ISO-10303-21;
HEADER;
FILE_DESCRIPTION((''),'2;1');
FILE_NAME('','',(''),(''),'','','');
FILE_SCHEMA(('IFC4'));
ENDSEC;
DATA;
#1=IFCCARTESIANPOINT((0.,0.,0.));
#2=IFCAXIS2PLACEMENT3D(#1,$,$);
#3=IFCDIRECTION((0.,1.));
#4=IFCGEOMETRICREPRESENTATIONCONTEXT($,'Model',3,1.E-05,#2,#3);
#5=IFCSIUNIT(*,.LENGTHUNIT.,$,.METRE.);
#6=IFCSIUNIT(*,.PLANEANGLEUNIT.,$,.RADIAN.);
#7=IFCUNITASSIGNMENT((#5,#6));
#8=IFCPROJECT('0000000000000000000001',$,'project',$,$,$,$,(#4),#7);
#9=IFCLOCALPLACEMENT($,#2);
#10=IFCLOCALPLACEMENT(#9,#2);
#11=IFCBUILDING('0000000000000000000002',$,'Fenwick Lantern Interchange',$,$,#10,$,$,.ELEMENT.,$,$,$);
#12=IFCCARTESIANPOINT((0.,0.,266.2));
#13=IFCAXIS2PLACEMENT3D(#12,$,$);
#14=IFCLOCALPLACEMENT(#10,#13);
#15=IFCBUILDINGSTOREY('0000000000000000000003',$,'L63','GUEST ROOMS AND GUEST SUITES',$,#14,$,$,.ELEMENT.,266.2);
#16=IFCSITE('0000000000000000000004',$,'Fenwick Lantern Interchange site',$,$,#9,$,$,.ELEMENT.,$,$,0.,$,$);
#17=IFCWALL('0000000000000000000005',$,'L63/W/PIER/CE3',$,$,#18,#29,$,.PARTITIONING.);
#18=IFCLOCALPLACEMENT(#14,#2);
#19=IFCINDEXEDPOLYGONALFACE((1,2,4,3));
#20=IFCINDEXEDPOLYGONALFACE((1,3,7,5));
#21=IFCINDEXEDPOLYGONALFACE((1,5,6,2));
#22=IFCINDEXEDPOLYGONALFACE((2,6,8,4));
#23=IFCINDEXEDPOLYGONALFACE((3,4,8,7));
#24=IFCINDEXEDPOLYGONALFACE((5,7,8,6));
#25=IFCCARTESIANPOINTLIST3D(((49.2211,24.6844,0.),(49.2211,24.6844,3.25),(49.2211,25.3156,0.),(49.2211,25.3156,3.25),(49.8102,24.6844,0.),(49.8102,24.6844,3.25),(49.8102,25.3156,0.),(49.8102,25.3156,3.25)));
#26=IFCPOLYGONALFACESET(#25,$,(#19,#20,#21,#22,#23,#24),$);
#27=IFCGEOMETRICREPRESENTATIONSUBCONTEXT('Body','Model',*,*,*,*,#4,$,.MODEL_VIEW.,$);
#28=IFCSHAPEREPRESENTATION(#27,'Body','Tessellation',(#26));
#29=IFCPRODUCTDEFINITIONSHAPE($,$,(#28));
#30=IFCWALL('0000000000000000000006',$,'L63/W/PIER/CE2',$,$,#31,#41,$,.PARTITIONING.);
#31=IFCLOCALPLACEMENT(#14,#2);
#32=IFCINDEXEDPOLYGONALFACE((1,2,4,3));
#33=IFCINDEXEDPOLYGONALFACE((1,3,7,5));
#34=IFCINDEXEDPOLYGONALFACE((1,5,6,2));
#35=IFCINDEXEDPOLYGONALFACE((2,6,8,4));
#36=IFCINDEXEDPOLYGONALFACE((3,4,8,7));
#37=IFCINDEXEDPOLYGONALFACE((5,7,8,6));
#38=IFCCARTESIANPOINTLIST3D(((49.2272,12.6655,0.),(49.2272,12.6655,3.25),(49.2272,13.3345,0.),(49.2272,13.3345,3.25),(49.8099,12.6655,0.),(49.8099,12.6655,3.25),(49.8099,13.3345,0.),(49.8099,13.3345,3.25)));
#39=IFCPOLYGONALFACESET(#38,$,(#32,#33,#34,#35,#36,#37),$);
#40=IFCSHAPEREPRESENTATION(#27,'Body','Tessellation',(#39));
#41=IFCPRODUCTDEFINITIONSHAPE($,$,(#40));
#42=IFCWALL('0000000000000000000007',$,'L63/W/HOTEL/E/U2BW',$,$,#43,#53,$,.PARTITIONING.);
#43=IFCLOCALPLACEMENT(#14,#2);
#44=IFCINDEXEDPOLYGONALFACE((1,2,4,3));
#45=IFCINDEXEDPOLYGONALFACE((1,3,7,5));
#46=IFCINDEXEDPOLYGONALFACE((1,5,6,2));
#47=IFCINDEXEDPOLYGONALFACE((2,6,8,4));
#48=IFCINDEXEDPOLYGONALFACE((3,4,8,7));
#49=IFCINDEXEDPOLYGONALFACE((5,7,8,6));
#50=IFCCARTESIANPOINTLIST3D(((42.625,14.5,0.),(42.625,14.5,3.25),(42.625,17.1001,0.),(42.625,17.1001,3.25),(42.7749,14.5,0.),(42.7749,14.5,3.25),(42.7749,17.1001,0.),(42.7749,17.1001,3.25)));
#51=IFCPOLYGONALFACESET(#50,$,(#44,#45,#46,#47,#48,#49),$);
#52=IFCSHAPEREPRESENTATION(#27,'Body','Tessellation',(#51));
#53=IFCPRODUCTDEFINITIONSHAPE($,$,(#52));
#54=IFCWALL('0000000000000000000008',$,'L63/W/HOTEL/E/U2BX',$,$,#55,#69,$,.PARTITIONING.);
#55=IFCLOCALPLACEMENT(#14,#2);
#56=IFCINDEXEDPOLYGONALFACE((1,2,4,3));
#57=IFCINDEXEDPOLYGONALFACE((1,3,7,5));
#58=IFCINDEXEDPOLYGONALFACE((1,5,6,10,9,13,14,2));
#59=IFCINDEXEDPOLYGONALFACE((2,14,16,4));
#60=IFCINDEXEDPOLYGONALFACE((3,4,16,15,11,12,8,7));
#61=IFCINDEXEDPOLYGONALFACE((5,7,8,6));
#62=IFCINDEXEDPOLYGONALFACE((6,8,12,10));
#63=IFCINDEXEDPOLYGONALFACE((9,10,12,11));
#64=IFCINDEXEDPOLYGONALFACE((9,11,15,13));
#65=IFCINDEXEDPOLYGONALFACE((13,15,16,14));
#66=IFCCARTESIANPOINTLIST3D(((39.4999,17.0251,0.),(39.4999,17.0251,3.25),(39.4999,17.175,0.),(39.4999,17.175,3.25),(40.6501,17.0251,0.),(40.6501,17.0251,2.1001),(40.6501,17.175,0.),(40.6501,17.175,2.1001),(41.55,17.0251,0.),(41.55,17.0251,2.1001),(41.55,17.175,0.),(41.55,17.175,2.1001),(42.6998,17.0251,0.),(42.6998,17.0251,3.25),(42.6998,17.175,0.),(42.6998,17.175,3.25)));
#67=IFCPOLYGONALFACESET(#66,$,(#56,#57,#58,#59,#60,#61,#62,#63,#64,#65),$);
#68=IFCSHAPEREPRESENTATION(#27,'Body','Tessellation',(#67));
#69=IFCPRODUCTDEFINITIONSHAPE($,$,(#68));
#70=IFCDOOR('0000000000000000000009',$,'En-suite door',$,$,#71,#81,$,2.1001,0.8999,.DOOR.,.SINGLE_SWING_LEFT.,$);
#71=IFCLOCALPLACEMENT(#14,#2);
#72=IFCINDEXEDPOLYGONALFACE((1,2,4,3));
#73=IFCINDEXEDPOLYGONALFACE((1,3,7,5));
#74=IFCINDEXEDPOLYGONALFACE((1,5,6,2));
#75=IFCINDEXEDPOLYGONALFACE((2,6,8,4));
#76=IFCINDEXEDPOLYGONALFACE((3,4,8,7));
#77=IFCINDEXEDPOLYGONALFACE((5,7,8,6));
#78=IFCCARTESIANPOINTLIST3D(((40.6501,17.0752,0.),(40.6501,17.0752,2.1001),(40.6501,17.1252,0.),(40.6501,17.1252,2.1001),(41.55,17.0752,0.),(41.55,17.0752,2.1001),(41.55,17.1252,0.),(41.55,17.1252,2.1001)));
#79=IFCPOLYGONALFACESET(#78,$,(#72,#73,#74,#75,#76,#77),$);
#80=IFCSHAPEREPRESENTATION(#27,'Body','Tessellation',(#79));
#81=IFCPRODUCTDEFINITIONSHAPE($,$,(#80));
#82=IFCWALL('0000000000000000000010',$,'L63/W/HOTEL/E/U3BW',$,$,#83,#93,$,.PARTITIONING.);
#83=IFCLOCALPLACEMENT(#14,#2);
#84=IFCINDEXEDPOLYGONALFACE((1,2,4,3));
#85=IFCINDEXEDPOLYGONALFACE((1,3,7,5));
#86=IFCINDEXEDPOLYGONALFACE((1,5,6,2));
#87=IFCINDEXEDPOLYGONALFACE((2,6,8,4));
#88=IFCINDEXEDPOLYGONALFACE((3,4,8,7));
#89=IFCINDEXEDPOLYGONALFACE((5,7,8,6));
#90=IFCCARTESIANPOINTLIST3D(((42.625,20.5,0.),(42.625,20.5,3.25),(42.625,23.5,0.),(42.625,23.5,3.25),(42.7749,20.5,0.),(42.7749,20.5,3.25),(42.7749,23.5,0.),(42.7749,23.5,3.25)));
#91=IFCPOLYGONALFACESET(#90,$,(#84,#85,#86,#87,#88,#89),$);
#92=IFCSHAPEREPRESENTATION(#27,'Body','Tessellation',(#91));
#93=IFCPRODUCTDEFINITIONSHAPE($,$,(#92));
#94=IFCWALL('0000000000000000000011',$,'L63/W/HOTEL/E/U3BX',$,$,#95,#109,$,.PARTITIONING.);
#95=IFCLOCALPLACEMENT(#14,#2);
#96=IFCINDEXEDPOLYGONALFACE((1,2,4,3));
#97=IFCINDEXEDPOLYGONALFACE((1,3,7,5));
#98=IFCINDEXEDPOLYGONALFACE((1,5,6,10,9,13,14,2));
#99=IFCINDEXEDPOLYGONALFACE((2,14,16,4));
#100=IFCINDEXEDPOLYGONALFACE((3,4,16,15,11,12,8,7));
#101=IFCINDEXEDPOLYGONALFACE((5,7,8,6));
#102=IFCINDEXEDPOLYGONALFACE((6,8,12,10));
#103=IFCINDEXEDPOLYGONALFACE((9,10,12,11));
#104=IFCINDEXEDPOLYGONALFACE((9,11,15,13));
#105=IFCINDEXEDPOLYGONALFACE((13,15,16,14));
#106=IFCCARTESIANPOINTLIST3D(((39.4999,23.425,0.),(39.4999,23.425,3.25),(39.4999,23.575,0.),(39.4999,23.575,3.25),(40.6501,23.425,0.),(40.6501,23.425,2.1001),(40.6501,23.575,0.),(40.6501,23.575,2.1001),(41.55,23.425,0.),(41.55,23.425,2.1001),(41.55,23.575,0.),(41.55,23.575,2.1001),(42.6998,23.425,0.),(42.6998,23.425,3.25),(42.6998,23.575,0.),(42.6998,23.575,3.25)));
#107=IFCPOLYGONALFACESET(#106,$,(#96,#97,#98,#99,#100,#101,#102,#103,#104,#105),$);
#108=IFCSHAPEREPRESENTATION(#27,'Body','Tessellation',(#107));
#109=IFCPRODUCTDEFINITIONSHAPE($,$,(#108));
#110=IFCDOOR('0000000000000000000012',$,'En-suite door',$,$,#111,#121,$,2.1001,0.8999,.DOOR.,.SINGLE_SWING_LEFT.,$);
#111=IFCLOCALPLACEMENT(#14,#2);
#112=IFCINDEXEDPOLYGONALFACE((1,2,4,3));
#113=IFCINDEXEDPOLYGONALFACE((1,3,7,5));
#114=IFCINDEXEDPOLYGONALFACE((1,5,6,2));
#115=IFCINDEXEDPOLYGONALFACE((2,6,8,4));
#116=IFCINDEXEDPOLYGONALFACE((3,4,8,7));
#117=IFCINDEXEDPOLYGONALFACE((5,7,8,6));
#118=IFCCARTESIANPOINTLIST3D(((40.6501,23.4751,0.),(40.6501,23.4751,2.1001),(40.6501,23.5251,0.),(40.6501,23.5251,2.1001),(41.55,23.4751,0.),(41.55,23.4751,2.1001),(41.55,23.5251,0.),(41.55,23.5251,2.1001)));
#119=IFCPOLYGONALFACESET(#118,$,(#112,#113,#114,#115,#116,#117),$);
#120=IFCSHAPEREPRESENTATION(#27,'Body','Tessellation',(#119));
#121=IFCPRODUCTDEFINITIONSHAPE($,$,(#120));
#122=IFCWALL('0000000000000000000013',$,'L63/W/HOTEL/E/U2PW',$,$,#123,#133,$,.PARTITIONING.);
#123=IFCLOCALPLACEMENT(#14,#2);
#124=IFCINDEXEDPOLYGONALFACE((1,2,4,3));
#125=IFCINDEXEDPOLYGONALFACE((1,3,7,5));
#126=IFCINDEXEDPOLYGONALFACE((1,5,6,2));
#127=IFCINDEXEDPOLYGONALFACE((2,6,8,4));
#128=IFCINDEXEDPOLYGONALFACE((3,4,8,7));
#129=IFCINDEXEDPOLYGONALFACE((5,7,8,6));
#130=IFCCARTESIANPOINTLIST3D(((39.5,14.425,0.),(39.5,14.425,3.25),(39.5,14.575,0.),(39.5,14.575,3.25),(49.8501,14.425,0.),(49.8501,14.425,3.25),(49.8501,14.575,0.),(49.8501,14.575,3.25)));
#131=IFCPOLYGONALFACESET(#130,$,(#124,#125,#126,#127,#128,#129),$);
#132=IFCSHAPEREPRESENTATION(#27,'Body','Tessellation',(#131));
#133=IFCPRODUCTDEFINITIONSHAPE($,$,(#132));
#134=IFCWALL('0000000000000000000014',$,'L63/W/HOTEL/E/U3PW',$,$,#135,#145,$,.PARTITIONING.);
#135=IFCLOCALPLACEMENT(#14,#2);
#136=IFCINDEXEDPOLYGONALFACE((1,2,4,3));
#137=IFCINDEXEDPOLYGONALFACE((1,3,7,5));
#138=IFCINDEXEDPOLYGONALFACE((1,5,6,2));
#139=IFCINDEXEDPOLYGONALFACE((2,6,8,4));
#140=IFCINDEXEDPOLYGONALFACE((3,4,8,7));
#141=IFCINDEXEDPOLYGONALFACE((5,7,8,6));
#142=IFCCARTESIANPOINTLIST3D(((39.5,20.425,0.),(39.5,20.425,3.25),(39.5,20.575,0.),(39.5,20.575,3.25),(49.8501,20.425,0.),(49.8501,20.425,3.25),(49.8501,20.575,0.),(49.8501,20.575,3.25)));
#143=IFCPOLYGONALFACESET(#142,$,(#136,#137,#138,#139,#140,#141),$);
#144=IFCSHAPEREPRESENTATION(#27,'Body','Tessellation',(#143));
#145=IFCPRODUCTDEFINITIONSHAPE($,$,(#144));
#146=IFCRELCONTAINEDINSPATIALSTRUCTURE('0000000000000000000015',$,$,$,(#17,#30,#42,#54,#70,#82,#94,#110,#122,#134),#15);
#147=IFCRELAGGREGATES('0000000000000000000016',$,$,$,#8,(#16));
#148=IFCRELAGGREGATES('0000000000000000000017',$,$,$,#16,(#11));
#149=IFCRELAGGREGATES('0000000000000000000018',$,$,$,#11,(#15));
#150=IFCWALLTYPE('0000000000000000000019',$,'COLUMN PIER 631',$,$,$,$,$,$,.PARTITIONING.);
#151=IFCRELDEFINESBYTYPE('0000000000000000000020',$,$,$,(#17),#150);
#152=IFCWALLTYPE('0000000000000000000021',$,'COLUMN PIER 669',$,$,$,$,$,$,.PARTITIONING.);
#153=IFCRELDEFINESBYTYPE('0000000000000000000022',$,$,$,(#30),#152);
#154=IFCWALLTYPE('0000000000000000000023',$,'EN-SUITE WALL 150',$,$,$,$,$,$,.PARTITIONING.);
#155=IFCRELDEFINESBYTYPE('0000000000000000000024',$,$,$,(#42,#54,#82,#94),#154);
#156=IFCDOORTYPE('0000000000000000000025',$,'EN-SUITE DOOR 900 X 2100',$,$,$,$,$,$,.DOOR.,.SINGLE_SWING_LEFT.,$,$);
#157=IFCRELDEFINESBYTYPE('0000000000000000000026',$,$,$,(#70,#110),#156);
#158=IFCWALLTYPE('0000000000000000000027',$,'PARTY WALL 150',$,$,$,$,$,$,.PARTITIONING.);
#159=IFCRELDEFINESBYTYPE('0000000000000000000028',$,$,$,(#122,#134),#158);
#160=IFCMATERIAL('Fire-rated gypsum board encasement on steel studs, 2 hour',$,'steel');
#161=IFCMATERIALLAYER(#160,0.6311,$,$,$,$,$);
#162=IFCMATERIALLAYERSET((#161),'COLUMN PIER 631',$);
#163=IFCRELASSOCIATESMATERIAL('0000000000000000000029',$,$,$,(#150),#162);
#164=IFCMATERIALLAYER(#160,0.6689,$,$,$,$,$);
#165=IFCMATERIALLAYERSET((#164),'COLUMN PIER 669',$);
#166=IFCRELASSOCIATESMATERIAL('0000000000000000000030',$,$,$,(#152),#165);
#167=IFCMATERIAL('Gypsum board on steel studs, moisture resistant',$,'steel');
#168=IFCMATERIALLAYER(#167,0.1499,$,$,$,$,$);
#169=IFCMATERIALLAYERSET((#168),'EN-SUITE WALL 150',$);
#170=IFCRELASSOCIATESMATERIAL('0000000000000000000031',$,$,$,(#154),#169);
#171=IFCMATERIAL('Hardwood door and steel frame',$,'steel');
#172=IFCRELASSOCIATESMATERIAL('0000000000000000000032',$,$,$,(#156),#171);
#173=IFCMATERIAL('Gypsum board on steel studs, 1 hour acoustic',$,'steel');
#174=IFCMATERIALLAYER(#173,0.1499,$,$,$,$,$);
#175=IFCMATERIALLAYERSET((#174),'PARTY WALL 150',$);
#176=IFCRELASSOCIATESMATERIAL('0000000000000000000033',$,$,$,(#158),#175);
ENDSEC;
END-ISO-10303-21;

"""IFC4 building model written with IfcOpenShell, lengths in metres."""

from ifc_helpers import new_model, si_unit, direction, frame, frame_2d, origin, place, context, subcontext, project, spatial, rectangle, extrude, material, layer, layer_set, type_object, element, fill, save


model = new_model("IFC4")

# Units and contexts
model_context = context("Model", 3, precision=1e-05, world=origin(), true_north=direction((0.0, 1.0)))
body_context = subcontext(model_context, "Body", "Model", "MODEL_VIEW")
ifc_project = project(units=[si_unit("LENGTHUNIT", "METRE"), si_unit("PLANEANGLEUNIT", "RADIAN")], contexts=[model_context])

# Site, building, storey
site_placement = place(None, origin())
site = spatial("IfcSite", under=ifc_project, at=site_placement, Name="Fenwick Lantern Interchange site", CompositionType="ELEMENT", RefElevation=0.0)
building_placement = place(site_placement, origin())
building = spatial("IfcBuilding", under=site, at=building_placement, Name="Fenwick Lantern Interchange", CompositionType="ELEMENT")
storey_placement = place(building_placement, frame((0.0, 0.0, 266.2)))
storey = spatial("IfcBuildingStorey", under=building, at=storey_placement, Name="L63", Description="GUEST ROOMS AND GUEST SUITES", CompositionType="ELEMENT", Elevation=266.2)

# Walls
ifc_material_1 = material(Name="Fire-rated gypsum board encasement on steel studs, 2 hour", Category="steel")
ifc_layer_1 = layer(ifc_material_1, 0.6311)
ifc_layer_set_1 = layer_set([ifc_layer_1], Name="COLUMN PIER 631")
wall_type_1 = type_object("IfcWallType", Name="COLUMN PIER 631", PredefinedType="PARTITIONING", material=ifc_layer_set_1)
wall_1_placement = place(storey_placement, frame((49.8101, 25.0, 0.0), z_axis=(0.0, 0.0, 1.0), x_axis=(-1.0, 0.0, 0.0)))
element("IfcWall", 1, at=wall_1_placement, inside=storey, type_object=wall_type_1, Name="L63/W/PIER/CE3", PredefinedType="PARTITIONING", context=body_context, shape_type="SweptSolid", body=[
    extrude(rectangle(XDim=0.5891, YDim=0.6311, at=frame_2d((0.2944, 0.0))), origin(), (0.0, 0.0, 1.0), 3.25),
])
ifc_layer_2 = layer(ifc_material_1, 0.6689)
ifc_layer_set_2 = layer_set([ifc_layer_2], Name="COLUMN PIER 669")
wall_type_2 = type_object("IfcWallType", Name="COLUMN PIER 669", PredefinedType="PARTITIONING", material=ifc_layer_set_2)
wall_2_placement = place(storey_placement, frame((49.8101, 13.0, 0.0), z_axis=(0.0, 0.0, 1.0), x_axis=(-1.0, 0.0, 0.0)))
element("IfcWall", 2, at=wall_2_placement, inside=storey, type_object=wall_type_2, Name="L63/W/PIER/CE2", PredefinedType="PARTITIONING", context=body_context, shape_type="SweptSolid", body=[
    extrude(rectangle(XDim=0.5828, YDim=0.6689, at=frame_2d((0.2915, 0.0))), origin(), (0.0, 0.0, 1.0), 3.25),
])
ifc_material_2 = material(Name="Gypsum board on steel studs, moisture resistant", Category="steel")
ifc_layer_3 = layer(ifc_material_2, 0.1499)
ifc_layer_set_3 = layer_set([ifc_layer_3], Name="EN-SUITE WALL 150")
wall_type_3 = type_object("IfcWallType", Name="EN-SUITE WALL 150", PredefinedType="PARTITIONING", material=ifc_layer_set_3)
wall_3_placement = place(storey_placement, frame((42.7, 14.5, 0.0), z_axis=(0.0, 0.0, 1.0), x_axis=(0.0, 1.0, 0.0)))
element("IfcWall", 3, at=wall_3_placement, inside=storey, type_object=wall_type_3, Name="L63/W/HOTEL/E/U2BW", PredefinedType="PARTITIONING", context=body_context, shape_type="SweptSolid", body=[
    extrude(rectangle(XDim=2.6001, YDim=0.1499, at=frame_2d((1.3, 0.0))), origin(), (0.0, 0.0, 1.0), 3.25),
])

# Wall, opening, door
wall_4_placement = place(storey_placement, frame((42.7, 17.1001, 0.0), z_axis=(0.0, 0.0, 1.0), x_axis=(-1.0, 0.0, 0.0)))
wall_4 = element("IfcWall", 4, at=wall_4_placement, inside=storey, type_object=wall_type_3, Name="L63/W/HOTEL/E/U2BX", PredefinedType="PARTITIONING", context=body_context, shape_type="SweptSolid", body=[
    extrude(rectangle(XDim=3.2, YDim=0.1499, at=frame_2d((1.6001, 0.0))), origin(), (0.0, 0.0, 1.0), 3.25),
])
opening_1_placement = place(wall_4_placement, frame((1.1499, 0.0, 0.0)))
opening_1 = element("IfcOpeningElement", 5, at=opening_1_placement, cuts=wall_4, PredefinedType="OPENING", context=body_context, shape_type="SweptSolid", body=[
    extrude(rectangle(XDim=0.8999, YDim=2.1001, at=frame_2d((0.45, 1.05))), frame((0.0, 0.085, 0.0), z_axis=(0.0, -1.0, 0.0), x_axis=(1.0, 0.0, 0.0)), (0.0, 0.0, 1.0), 0.1699),
])
ifc_material_3 = material(Name="Hardwood door and steel frame", Category="steel")
door_type = type_object("IfcDoorType", Name="EN-SUITE DOOR 900 X 2100", OperationType="SINGLE_SWING_LEFT", PredefinedType="DOOR", material=ifc_material_3)
door_1_placement = place(opening_1_placement, origin())
door_1 = element("IfcDoor", 6, at=door_1_placement, inside=storey, type_object=door_type, Name="En-suite door", OperationType="SINGLE_SWING_LEFT", OverallHeight=2.1001, OverallWidth=0.8999, PredefinedType="DOOR", context=body_context, shape_type="SweptSolid", body=[
    extrude(rectangle(XDim=0.8999, YDim=2.1001, at=frame_2d((0.45, 1.05))), frame((0.0, 0.0249, 0.0), z_axis=(0.0, -1.0, 0.0), x_axis=(1.0, 0.0, 0.0)), (0.0, 0.0, 1.0), 0.05),
])
fill(opening_1, door_1)

# Wall
wall_5_placement = place(storey_placement, frame((42.7, 20.5, 0.0), z_axis=(0.0, 0.0, 1.0), x_axis=(0.0, 1.0, 0.0)))
element("IfcWall", 7, at=wall_5_placement, inside=storey, type_object=wall_type_3, Name="L63/W/HOTEL/E/U3BW", PredefinedType="PARTITIONING", context=body_context, shape_type="SweptSolid", body=[
    extrude(rectangle(XDim=3.0, YDim=0.1499, at=frame_2d((1.5, 0.0))), origin(), (0.0, 0.0, 1.0), 3.25),
])

# Wall, opening, door
wall_6_placement = place(storey_placement, frame((42.7, 23.5, 0.0), z_axis=(0.0, 0.0, 1.0), x_axis=(-1.0, 0.0, 0.0)))
wall_6 = element("IfcWall", 8, at=wall_6_placement, inside=storey, type_object=wall_type_3, Name="L63/W/HOTEL/E/U3BX", PredefinedType="PARTITIONING", context=body_context, shape_type="SweptSolid", body=[
    extrude(rectangle(XDim=3.2, YDim=0.1499, at=frame_2d((1.6001, 0.0))), origin(), (0.0, 0.0, 1.0), 3.25),
])
opening_2_placement = place(wall_6_placement, frame((1.1499, 0.0, 0.0)))
opening_2 = element("IfcOpeningElement", 9, at=opening_2_placement, cuts=wall_6, PredefinedType="OPENING", context=body_context, shape_type="SweptSolid", body=[
    extrude(rectangle(XDim=0.8999, YDim=2.1001, at=frame_2d((0.45, 1.05))), frame((0.0, 0.085, 0.0), z_axis=(0.0, -1.0, 0.0), x_axis=(1.0, 0.0, 0.0)), (0.0, 0.0, 1.0), 0.1699),
])
door_2_placement = place(opening_2_placement, origin())
door_2 = element("IfcDoor", 10, at=door_2_placement, inside=storey, type_object=door_type, Name="En-suite door", OperationType="SINGLE_SWING_LEFT", OverallHeight=2.1001, OverallWidth=0.8999, PredefinedType="DOOR", context=body_context, shape_type="SweptSolid", body=[
    extrude(rectangle(XDim=0.8999, YDim=2.1001, at=frame_2d((0.45, 1.05))), frame((0.0, 0.0249, 0.0), z_axis=(0.0, -1.0, 0.0), x_axis=(1.0, 0.0, 0.0)), (0.0, 0.0, 1.0), 0.05),
])
fill(opening_2, door_2)

# Walls
ifc_material_4 = material(Name="Gypsum board on steel studs, 1 hour acoustic", Category="steel")
ifc_layer_4 = layer(ifc_material_4, 0.1499)
ifc_layer_set_4 = layer_set([ifc_layer_4], Name="PARTY WALL 150")
wall_type_4 = type_object("IfcWallType", Name="PARTY WALL 150", PredefinedType="PARTITIONING", material=ifc_layer_set_4)
for number, where, z_axis, x_axis, name in (
    (11, (49.8501, 14.5, 0.0), (0.0, 0.0, 1.0), (-1.0, 0.0, 0.0), "L63/W/HOTEL/E/U2PW"),
    (12, (49.8501, 20.5, 0.0), (0.0, 0.0, 1.0), (-1.0, 0.0, 0.0), "L63/W/HOTEL/E/U3PW"),
):
    element("IfcWall", number, at=place(storey_placement, frame(where, z_axis=z_axis, x_axis=x_axis)), inside=storey, type_object=wall_type_4, Name=name, PredefinedType="PARTITIONING", context=body_context, shape_type="SweptSolid", body=[
        extrude(rectangle(XDim=10.3501, YDim=0.1499, at=frame_2d((5.175, 0.0))), origin(), (0.0, 0.0, 1.0), 3.25),
    ])

save(model, "model.ifc")
